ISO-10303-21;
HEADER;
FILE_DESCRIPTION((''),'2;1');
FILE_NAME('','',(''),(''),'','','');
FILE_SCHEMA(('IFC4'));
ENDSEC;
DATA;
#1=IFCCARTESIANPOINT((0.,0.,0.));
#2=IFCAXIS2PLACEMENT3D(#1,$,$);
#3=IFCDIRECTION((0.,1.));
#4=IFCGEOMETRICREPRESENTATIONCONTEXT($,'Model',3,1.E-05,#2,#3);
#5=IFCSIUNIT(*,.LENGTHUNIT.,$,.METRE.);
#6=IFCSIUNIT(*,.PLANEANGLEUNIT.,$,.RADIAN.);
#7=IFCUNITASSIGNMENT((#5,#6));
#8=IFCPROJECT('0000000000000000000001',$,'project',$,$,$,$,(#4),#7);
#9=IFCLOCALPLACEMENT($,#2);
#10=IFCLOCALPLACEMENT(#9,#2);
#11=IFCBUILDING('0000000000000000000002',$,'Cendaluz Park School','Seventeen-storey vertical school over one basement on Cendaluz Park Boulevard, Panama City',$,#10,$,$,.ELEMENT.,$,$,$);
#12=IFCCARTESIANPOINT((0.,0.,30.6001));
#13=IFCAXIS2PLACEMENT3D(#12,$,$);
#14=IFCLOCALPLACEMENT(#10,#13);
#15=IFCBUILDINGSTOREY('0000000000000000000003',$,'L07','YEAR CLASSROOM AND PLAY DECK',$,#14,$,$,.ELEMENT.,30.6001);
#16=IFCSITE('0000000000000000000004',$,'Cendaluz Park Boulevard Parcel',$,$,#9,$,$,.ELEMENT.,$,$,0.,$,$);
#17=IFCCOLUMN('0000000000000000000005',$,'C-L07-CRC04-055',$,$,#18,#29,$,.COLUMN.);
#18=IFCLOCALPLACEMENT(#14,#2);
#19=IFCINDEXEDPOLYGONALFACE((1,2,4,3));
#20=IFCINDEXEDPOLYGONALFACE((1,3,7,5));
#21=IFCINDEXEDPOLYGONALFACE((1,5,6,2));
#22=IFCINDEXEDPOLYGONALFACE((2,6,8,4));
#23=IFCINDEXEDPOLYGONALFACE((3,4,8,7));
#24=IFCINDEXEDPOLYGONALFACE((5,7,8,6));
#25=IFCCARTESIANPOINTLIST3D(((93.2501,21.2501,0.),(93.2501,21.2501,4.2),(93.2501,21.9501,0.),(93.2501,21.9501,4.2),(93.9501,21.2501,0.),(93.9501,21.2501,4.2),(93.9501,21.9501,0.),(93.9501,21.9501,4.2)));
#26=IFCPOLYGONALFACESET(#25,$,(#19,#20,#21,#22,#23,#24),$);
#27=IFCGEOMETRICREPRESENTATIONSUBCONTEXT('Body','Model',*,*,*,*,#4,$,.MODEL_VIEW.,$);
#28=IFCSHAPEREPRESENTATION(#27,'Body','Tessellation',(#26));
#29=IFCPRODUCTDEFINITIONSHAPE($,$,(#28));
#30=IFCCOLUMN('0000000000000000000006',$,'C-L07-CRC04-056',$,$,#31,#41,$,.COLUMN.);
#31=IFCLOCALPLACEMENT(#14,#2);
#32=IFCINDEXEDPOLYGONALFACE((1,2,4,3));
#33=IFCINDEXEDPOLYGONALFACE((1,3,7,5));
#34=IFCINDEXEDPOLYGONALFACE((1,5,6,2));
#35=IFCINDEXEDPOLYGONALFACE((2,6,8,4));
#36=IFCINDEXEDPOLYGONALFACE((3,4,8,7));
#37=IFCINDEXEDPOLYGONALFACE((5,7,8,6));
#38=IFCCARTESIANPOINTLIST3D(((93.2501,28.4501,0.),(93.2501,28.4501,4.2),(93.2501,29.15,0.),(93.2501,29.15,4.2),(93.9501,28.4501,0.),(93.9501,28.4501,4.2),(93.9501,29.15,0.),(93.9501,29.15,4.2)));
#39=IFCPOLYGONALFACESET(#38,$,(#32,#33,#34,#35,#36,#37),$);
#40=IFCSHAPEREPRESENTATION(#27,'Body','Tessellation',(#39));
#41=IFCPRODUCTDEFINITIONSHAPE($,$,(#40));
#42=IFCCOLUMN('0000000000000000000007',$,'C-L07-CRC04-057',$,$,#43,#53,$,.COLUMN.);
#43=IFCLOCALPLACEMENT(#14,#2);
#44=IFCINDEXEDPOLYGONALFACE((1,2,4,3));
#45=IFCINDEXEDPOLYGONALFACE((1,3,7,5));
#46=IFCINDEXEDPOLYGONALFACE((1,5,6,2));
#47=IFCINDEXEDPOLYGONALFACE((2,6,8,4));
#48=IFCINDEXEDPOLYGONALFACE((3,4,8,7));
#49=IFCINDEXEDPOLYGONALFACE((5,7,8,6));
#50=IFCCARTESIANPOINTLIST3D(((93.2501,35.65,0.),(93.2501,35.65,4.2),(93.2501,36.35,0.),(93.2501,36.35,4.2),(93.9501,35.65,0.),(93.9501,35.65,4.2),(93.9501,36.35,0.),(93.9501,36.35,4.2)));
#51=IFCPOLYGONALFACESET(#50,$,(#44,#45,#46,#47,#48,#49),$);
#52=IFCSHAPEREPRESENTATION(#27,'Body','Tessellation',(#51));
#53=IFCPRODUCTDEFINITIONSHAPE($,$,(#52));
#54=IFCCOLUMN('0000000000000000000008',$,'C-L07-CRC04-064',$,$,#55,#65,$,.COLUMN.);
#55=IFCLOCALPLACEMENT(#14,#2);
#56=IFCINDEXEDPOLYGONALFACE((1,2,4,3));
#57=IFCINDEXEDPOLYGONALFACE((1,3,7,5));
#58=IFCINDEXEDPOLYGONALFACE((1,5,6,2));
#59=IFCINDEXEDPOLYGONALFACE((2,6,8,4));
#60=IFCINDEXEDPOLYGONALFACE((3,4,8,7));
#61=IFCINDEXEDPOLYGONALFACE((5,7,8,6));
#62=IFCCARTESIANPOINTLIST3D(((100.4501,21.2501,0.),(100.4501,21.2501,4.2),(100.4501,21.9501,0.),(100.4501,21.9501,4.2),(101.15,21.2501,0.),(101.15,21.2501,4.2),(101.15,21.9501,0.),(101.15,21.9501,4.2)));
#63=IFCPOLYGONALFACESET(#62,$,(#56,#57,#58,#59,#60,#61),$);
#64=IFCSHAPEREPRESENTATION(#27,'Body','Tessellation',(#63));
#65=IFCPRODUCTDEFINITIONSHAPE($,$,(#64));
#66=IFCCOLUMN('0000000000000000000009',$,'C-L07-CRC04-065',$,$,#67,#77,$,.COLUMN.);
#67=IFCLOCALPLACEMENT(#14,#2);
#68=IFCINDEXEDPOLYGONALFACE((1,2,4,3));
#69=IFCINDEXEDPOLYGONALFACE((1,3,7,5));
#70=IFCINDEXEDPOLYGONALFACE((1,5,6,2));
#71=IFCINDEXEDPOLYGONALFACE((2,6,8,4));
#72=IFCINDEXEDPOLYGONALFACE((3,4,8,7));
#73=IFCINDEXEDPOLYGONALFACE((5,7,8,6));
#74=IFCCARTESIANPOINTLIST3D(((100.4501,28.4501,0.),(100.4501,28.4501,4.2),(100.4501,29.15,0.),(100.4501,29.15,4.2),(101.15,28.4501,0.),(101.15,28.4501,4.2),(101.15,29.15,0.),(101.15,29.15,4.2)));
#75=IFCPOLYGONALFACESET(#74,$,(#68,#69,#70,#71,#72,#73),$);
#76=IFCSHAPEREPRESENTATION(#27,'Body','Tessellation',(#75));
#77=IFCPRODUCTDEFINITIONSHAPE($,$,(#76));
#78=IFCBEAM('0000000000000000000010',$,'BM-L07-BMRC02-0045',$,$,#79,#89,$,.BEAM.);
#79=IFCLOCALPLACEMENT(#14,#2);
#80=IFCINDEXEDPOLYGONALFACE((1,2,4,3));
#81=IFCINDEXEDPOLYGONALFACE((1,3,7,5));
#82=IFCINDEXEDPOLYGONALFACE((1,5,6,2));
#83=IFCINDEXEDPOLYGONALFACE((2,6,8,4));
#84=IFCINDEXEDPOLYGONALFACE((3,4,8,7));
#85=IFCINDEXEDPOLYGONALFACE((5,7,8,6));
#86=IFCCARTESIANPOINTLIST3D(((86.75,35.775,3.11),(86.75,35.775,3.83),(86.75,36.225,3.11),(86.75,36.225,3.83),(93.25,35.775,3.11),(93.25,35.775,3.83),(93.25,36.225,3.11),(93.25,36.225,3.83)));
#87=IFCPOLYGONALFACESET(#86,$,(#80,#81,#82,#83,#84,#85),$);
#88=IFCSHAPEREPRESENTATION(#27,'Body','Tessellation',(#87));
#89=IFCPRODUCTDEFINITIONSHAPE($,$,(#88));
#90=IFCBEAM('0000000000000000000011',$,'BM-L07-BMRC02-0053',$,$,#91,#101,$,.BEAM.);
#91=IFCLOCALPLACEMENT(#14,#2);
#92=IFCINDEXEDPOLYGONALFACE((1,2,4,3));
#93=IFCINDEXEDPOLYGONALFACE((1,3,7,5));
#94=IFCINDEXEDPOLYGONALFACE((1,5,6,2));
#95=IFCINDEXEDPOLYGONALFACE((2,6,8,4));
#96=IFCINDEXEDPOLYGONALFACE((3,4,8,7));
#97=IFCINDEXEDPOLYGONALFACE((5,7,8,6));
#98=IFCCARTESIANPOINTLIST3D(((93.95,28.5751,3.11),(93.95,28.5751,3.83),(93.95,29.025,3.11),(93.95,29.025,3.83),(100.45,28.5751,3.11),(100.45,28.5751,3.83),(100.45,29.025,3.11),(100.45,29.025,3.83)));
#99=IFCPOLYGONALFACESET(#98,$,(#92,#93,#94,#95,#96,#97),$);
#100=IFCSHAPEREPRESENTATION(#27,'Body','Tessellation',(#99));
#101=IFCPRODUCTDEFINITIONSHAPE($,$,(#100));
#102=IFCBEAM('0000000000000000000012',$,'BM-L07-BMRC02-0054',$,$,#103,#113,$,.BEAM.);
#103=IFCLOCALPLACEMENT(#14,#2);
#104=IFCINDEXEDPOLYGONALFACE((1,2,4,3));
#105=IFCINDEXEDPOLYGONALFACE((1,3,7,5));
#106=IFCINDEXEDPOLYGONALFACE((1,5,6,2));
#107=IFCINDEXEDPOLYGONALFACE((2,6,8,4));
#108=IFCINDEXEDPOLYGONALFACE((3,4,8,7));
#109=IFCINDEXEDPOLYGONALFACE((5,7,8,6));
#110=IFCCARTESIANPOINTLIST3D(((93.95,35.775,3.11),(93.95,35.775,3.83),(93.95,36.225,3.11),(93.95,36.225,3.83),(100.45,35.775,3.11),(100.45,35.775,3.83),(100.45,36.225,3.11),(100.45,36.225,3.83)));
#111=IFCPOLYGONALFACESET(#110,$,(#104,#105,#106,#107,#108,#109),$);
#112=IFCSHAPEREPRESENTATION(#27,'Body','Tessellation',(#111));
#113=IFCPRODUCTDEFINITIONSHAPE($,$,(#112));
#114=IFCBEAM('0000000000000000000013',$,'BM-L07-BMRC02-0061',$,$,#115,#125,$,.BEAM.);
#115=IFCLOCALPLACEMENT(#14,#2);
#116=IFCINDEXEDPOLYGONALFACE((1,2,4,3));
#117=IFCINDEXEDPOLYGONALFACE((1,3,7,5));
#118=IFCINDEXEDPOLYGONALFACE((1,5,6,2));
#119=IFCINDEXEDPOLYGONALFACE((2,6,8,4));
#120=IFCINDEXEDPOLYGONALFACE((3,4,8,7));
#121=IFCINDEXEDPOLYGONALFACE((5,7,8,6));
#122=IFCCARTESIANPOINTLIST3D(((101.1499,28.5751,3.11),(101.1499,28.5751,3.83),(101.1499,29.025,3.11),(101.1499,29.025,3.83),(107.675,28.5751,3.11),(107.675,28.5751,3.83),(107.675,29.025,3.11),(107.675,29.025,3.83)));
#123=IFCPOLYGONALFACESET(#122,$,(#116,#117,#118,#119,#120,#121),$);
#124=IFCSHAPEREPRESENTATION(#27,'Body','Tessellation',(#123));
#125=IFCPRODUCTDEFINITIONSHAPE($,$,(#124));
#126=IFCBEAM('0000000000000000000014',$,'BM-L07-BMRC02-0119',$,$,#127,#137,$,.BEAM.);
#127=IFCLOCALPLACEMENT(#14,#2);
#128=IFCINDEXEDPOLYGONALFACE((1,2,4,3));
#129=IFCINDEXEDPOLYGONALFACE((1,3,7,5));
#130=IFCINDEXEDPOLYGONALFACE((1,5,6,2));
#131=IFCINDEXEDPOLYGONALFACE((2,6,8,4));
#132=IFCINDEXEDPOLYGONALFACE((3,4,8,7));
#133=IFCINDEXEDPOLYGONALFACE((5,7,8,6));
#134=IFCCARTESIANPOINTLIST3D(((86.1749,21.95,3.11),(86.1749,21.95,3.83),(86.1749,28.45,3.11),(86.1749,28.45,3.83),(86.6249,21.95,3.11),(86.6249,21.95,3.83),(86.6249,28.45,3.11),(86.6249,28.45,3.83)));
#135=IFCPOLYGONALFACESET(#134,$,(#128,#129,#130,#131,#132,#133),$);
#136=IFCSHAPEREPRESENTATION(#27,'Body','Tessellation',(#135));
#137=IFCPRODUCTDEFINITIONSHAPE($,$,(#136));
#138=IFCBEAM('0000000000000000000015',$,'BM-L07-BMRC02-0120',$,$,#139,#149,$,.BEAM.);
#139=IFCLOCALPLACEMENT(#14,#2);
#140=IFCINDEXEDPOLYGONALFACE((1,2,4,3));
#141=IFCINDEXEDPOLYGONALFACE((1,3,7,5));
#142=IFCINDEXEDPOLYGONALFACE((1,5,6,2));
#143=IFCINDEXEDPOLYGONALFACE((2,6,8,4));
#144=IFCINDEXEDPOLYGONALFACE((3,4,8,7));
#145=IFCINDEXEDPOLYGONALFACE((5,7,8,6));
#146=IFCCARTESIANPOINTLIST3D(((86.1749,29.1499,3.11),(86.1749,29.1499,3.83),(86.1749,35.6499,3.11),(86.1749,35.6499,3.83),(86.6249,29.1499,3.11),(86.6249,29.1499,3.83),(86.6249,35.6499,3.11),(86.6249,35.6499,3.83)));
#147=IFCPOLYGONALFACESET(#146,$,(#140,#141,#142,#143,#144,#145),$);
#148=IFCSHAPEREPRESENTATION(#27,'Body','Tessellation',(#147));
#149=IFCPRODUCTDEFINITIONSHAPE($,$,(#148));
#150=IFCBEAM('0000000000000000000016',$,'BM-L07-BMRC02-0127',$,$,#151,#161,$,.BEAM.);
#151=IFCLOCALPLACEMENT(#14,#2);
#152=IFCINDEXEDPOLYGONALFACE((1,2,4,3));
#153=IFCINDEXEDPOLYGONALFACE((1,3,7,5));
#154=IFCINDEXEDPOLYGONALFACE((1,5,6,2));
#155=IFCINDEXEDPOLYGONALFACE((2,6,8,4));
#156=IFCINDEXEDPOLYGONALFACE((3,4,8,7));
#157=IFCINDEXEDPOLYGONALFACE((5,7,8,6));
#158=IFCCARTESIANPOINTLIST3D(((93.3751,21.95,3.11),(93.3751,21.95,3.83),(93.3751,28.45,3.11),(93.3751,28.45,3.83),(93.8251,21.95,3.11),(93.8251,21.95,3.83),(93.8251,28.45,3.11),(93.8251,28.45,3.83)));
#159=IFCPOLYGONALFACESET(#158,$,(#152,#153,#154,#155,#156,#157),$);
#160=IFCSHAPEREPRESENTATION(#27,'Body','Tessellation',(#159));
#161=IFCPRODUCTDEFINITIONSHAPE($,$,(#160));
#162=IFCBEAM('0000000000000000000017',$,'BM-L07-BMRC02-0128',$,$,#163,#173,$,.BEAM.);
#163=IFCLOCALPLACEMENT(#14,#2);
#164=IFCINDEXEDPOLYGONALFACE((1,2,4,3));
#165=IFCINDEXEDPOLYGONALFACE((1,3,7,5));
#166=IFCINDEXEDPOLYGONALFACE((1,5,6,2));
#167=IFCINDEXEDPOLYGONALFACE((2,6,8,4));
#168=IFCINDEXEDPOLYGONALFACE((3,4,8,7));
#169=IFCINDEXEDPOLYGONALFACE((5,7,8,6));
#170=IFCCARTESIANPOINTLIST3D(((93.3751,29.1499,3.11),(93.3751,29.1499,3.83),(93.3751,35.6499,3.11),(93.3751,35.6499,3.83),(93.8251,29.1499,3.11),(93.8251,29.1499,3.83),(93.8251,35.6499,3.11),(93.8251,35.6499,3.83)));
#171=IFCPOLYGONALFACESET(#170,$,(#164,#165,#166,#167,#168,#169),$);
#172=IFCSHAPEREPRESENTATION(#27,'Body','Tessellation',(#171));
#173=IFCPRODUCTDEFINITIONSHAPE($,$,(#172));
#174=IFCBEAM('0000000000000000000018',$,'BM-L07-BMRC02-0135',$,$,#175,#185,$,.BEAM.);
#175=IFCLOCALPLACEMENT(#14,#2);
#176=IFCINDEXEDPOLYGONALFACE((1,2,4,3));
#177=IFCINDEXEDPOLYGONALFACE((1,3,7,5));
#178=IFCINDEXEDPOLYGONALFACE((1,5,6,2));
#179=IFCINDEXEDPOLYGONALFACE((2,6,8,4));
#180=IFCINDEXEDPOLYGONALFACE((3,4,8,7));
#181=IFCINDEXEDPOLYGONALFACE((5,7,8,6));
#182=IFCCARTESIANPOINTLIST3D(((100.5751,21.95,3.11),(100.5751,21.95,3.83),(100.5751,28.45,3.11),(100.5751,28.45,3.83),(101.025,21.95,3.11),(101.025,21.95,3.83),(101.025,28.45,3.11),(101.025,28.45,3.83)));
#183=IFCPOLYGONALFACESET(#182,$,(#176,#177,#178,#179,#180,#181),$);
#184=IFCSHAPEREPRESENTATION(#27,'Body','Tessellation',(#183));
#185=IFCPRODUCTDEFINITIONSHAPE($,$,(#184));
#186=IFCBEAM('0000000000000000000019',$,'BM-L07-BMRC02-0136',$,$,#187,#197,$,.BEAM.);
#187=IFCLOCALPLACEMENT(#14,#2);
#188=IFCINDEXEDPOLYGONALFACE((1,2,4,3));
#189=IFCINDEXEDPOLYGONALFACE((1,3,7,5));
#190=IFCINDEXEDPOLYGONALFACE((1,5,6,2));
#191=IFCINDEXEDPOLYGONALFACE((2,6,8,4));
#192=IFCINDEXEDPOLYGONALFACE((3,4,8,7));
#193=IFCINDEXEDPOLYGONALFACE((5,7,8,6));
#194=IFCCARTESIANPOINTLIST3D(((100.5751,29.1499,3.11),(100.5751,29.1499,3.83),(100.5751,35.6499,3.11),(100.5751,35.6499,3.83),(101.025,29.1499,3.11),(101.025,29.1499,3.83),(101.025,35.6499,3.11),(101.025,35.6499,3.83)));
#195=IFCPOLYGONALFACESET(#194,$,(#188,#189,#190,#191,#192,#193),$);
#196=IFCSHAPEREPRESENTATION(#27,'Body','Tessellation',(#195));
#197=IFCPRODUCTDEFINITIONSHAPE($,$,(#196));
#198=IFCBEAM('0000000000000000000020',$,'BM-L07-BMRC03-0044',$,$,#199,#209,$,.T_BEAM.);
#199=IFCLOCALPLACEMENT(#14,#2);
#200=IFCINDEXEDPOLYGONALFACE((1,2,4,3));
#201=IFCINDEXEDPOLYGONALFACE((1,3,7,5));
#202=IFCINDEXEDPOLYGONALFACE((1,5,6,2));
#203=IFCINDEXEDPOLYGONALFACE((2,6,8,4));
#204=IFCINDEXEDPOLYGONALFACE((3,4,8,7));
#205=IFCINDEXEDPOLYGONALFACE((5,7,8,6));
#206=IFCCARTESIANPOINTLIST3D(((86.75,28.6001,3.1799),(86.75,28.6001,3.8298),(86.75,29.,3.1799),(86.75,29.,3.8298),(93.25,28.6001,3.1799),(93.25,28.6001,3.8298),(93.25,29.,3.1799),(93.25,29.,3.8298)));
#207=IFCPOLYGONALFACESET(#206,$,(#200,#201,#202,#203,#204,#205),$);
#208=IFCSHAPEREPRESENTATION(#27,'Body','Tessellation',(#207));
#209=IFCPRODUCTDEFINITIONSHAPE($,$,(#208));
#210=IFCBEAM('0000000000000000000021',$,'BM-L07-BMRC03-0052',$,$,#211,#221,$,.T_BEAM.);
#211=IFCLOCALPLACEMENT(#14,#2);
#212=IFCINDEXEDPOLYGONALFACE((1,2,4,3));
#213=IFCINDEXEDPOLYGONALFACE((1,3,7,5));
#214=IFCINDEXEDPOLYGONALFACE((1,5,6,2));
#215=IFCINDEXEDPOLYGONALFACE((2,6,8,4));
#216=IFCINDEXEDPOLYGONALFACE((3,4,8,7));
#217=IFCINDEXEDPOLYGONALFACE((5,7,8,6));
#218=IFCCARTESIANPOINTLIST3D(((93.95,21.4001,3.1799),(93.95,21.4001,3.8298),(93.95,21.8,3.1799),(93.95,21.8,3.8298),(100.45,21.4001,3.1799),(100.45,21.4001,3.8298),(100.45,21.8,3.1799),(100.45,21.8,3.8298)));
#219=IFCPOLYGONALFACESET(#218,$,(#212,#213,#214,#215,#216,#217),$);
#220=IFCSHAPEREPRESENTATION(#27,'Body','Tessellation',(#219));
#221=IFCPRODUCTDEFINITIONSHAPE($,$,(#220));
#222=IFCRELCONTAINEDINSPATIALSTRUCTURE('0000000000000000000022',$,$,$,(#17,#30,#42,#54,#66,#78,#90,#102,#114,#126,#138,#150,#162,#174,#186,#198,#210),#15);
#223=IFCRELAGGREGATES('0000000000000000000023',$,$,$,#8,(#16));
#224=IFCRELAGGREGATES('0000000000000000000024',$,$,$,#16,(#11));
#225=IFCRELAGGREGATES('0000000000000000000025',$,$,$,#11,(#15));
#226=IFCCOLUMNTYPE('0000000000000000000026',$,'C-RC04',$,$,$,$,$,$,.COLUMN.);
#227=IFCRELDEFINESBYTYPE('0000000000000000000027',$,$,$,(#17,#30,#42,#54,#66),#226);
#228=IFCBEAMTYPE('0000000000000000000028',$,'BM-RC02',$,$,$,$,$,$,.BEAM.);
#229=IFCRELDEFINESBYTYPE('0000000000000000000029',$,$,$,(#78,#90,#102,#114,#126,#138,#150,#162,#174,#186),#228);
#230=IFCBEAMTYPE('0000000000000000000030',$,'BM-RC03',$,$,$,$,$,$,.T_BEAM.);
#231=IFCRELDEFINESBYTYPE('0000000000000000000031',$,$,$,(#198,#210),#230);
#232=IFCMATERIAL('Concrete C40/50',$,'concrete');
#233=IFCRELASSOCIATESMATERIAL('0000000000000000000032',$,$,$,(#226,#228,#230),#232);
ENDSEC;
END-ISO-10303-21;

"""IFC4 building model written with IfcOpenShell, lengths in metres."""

from ifc_helpers import new_model, si_unit, direction, frame, origin, origin_2d, place, context, subcontext, project, spatial, rectangle, extrude, material, material_profile, profile_set, type_object, element, save


model = new_model("IFC4")

# Units and contexts
model_context = context("Model", 3, precision=1e-05, world=origin(), true_north=direction((0.0, 1.0)))
body_context = subcontext(model_context, "Body", "Model", "MODEL_VIEW")
ifc_project = project(units=[si_unit("LENGTHUNIT", "METRE"), si_unit("PLANEANGLEUNIT", "RADIAN")], contexts=[model_context])

# Site, building, storey
site_placement = place(None, origin())
site = spatial("IfcSite", under=ifc_project, at=site_placement, Name="Cendaluz Park Boulevard Parcel", CompositionType="ELEMENT", RefElevation=0.0)
building_placement = place(site_placement, origin())
building = spatial("IfcBuilding", under=site, at=building_placement, Name="Cendaluz Park School", Description="Seventeen-storey vertical school over one basement on Cendaluz Park Boulevard, Panama City", CompositionType="ELEMENT")
storey_placement = place(building_placement, frame((0.0, 0.0, 30.6001)))
storey = spatial("IfcBuildingStorey", under=building, at=storey_placement, Name="L07", Description="YEAR CLASSROOM AND PLAY DECK", CompositionType="ELEMENT", Elevation=30.6001)

# Columns
ifc_material_1 = material(Name="Concrete C40/50", Category="concrete")
ifc_material_profile_1 = material_profile(ifc_material_1, rectangle(XDim=0.7, YDim=0.7, at=origin_2d()), Name="RC 700x700", Category="concrete")
ifc_profile_set_1 = profile_set([ifc_material_profile_1], Name="Concrete C40/50")
column_type = type_object("IfcColumnType", Name="C-RC04", PredefinedType="COLUMN", material=ifc_profile_set_1)
for number, where, z_axis, x_axis, name in (
    (1, (93.6001, 21.6001, 0.0), (0.0, 0.0, 1.0), (1.0, 0.0, 0.0), "C-L07-CRC04-055"),
    (2, (93.6001, 28.8, 0.0), (0.0, 0.0, 1.0), (1.0, 0.0, 0.0), "C-L07-CRC04-056"),
    (3, (93.6001, 36.0, 0.0), (0.0, 0.0, 1.0), (1.0, 0.0, 0.0), "C-L07-CRC04-057"),
    (4, (100.8, 21.6001, 0.0), (0.0, 0.0, 1.0), (1.0, 0.0, 0.0), "C-L07-CRC04-064"),
    (5, (100.8, 28.8, 0.0), (0.0, 0.0, 1.0), (1.0, 0.0, 0.0), "C-L07-CRC04-065"),
):
    element("IfcColumn", number, at=place(storey_placement, frame(where, z_axis=z_axis, x_axis=x_axis)), inside=storey, type_object=column_type, Name=name, PredefinedType="COLUMN", context=body_context, shape_type="SweptSolid", body=[
        extrude(rectangle(XDim=0.7, YDim=0.7, at=origin_2d()), origin(), (0.0, 0.0, 1.0), 4.2),
    ])

# Beams
ifc_material_profile_2 = material_profile(ifc_material_1, rectangle(XDim=0.45, YDim=0.72, at=origin_2d()), Name="RC 450x720", Category="concrete")
ifc_profile_set_2 = profile_set([ifc_material_profile_2], Name="Concrete C40/50")
beam_type_1 = type_object("IfcBeamType", Name="BM-RC02", PredefinedType="BEAM", material=ifc_profile_set_2)
for number, where, z_axis, x_axis, name in (
    (6, (86.75, 36.0, 3.47), (1.0, 0.0, 0.0), (0.0, 1.0, 0.0), "BM-L07-BMRC02-0045"),
    (7, (93.95, 28.8, 3.47), (1.0, 0.0, 0.0), (0.0, 1.0, 0.0), "BM-L07-BMRC02-0053"),
    (8, (93.95, 36.0, 3.47), (1.0, 0.0, 0.0), (0.0, 1.0, 0.0), "BM-L07-BMRC02-0054"),
):
    element("IfcBeam", number, at=place(storey_placement, frame(where, z_axis=z_axis, x_axis=x_axis)), inside=storey, type_object=beam_type_1, Name=name, PredefinedType="BEAM", context=body_context, shape_type="SweptSolid", body=[
        extrude(rectangle(XDim=0.45, YDim=0.72, at=origin_2d()), origin(), (0.0, 0.0, 1.0), 6.5),
    ])
beam_1_placement = place(storey_placement, frame((101.1499, 28.8, 3.47), z_axis=(1.0, 0.0, 0.0), x_axis=(0.0, 1.0, 0.0)))
element("IfcBeam", 9, at=beam_1_placement, inside=storey, type_object=beam_type_1, Name="BM-L07-BMRC02-0061", PredefinedType="BEAM", context=body_context, shape_type="SweptSolid", body=[
    extrude(rectangle(XDim=0.45, YDim=0.72, at=origin_2d()), origin(), (0.0, 0.0, 1.0), 6.5251),
])
for number, where, z_axis, x_axis, name in (
    (10, (86.3999, 21.95, 3.47), (0.0, 1.0, 0.0), (-1.0, 0.0, 0.0), "BM-L07-BMRC02-0119"),
    (11, (86.3999, 29.1499, 3.47), (0.0, 1.0, 0.0), (-1.0, 0.0, 0.0), "BM-L07-BMRC02-0120"),
    (12, (93.6001, 21.95, 3.47), (0.0, 1.0, 0.0), (-1.0, 0.0, 0.0), "BM-L07-BMRC02-0127"),
    (13, (93.6001, 29.1499, 3.47), (0.0, 1.0, 0.0), (-1.0, 0.0, 0.0), "BM-L07-BMRC02-0128"),
    (14, (100.8, 21.95, 3.47), (0.0, 1.0, 0.0), (-1.0, 0.0, 0.0), "BM-L07-BMRC02-0135"),
    (15, (100.8, 29.1499, 3.47), (0.0, 1.0, 0.0), (-1.0, 0.0, 0.0), "BM-L07-BMRC02-0136"),
):
    element("IfcBeam", number, at=place(storey_placement, frame(where, z_axis=z_axis, x_axis=x_axis)), inside=storey, type_object=beam_type_1, Name=name, PredefinedType="BEAM", context=body_context, shape_type="SweptSolid", body=[
        extrude(rectangle(XDim=0.45, YDim=0.72, at=origin_2d()), origin(), (0.0, 0.0, 1.0), 6.5),
    ])
ifc_material_profile_3 = material_profile(ifc_material_1, rectangle(XDim=0.3999, YDim=0.6499, at=origin_2d()), Name="RC 400x650", Category="concrete")
ifc_profile_set_3 = profile_set([ifc_material_profile_3], Name="Concrete C40/50")
beam_type_2 = type_object("IfcBeamType", Name="BM-RC03", PredefinedType="T_BEAM", material=ifc_profile_set_3)
for number, where, z_axis, x_axis, name in (
    (16, (86.75, 28.8, 3.5049), (1.0, 0.0, 0.0), (0.0, 1.0, 0.0), "BM-L07-BMRC03-0044"),
    (17, (93.95, 21.6001, 3.5049), (1.0, 0.0, 0.0), (0.0, 1.0, 0.0), "BM-L07-BMRC03-0052"),
):
    element("IfcBeam", number, at=place(storey_placement, frame(where, z_axis=z_axis, x_axis=x_axis)), inside=storey, type_object=beam_type_2, Name=name, PredefinedType="T_BEAM", context=body_context, shape_type="SweptSolid", body=[
        extrude(rectangle(XDim=0.3999, YDim=0.6499, at=origin_2d()), origin(), (0.0, 0.0, 1.0), 6.5),
    ])

save(model, "model.ifc")
